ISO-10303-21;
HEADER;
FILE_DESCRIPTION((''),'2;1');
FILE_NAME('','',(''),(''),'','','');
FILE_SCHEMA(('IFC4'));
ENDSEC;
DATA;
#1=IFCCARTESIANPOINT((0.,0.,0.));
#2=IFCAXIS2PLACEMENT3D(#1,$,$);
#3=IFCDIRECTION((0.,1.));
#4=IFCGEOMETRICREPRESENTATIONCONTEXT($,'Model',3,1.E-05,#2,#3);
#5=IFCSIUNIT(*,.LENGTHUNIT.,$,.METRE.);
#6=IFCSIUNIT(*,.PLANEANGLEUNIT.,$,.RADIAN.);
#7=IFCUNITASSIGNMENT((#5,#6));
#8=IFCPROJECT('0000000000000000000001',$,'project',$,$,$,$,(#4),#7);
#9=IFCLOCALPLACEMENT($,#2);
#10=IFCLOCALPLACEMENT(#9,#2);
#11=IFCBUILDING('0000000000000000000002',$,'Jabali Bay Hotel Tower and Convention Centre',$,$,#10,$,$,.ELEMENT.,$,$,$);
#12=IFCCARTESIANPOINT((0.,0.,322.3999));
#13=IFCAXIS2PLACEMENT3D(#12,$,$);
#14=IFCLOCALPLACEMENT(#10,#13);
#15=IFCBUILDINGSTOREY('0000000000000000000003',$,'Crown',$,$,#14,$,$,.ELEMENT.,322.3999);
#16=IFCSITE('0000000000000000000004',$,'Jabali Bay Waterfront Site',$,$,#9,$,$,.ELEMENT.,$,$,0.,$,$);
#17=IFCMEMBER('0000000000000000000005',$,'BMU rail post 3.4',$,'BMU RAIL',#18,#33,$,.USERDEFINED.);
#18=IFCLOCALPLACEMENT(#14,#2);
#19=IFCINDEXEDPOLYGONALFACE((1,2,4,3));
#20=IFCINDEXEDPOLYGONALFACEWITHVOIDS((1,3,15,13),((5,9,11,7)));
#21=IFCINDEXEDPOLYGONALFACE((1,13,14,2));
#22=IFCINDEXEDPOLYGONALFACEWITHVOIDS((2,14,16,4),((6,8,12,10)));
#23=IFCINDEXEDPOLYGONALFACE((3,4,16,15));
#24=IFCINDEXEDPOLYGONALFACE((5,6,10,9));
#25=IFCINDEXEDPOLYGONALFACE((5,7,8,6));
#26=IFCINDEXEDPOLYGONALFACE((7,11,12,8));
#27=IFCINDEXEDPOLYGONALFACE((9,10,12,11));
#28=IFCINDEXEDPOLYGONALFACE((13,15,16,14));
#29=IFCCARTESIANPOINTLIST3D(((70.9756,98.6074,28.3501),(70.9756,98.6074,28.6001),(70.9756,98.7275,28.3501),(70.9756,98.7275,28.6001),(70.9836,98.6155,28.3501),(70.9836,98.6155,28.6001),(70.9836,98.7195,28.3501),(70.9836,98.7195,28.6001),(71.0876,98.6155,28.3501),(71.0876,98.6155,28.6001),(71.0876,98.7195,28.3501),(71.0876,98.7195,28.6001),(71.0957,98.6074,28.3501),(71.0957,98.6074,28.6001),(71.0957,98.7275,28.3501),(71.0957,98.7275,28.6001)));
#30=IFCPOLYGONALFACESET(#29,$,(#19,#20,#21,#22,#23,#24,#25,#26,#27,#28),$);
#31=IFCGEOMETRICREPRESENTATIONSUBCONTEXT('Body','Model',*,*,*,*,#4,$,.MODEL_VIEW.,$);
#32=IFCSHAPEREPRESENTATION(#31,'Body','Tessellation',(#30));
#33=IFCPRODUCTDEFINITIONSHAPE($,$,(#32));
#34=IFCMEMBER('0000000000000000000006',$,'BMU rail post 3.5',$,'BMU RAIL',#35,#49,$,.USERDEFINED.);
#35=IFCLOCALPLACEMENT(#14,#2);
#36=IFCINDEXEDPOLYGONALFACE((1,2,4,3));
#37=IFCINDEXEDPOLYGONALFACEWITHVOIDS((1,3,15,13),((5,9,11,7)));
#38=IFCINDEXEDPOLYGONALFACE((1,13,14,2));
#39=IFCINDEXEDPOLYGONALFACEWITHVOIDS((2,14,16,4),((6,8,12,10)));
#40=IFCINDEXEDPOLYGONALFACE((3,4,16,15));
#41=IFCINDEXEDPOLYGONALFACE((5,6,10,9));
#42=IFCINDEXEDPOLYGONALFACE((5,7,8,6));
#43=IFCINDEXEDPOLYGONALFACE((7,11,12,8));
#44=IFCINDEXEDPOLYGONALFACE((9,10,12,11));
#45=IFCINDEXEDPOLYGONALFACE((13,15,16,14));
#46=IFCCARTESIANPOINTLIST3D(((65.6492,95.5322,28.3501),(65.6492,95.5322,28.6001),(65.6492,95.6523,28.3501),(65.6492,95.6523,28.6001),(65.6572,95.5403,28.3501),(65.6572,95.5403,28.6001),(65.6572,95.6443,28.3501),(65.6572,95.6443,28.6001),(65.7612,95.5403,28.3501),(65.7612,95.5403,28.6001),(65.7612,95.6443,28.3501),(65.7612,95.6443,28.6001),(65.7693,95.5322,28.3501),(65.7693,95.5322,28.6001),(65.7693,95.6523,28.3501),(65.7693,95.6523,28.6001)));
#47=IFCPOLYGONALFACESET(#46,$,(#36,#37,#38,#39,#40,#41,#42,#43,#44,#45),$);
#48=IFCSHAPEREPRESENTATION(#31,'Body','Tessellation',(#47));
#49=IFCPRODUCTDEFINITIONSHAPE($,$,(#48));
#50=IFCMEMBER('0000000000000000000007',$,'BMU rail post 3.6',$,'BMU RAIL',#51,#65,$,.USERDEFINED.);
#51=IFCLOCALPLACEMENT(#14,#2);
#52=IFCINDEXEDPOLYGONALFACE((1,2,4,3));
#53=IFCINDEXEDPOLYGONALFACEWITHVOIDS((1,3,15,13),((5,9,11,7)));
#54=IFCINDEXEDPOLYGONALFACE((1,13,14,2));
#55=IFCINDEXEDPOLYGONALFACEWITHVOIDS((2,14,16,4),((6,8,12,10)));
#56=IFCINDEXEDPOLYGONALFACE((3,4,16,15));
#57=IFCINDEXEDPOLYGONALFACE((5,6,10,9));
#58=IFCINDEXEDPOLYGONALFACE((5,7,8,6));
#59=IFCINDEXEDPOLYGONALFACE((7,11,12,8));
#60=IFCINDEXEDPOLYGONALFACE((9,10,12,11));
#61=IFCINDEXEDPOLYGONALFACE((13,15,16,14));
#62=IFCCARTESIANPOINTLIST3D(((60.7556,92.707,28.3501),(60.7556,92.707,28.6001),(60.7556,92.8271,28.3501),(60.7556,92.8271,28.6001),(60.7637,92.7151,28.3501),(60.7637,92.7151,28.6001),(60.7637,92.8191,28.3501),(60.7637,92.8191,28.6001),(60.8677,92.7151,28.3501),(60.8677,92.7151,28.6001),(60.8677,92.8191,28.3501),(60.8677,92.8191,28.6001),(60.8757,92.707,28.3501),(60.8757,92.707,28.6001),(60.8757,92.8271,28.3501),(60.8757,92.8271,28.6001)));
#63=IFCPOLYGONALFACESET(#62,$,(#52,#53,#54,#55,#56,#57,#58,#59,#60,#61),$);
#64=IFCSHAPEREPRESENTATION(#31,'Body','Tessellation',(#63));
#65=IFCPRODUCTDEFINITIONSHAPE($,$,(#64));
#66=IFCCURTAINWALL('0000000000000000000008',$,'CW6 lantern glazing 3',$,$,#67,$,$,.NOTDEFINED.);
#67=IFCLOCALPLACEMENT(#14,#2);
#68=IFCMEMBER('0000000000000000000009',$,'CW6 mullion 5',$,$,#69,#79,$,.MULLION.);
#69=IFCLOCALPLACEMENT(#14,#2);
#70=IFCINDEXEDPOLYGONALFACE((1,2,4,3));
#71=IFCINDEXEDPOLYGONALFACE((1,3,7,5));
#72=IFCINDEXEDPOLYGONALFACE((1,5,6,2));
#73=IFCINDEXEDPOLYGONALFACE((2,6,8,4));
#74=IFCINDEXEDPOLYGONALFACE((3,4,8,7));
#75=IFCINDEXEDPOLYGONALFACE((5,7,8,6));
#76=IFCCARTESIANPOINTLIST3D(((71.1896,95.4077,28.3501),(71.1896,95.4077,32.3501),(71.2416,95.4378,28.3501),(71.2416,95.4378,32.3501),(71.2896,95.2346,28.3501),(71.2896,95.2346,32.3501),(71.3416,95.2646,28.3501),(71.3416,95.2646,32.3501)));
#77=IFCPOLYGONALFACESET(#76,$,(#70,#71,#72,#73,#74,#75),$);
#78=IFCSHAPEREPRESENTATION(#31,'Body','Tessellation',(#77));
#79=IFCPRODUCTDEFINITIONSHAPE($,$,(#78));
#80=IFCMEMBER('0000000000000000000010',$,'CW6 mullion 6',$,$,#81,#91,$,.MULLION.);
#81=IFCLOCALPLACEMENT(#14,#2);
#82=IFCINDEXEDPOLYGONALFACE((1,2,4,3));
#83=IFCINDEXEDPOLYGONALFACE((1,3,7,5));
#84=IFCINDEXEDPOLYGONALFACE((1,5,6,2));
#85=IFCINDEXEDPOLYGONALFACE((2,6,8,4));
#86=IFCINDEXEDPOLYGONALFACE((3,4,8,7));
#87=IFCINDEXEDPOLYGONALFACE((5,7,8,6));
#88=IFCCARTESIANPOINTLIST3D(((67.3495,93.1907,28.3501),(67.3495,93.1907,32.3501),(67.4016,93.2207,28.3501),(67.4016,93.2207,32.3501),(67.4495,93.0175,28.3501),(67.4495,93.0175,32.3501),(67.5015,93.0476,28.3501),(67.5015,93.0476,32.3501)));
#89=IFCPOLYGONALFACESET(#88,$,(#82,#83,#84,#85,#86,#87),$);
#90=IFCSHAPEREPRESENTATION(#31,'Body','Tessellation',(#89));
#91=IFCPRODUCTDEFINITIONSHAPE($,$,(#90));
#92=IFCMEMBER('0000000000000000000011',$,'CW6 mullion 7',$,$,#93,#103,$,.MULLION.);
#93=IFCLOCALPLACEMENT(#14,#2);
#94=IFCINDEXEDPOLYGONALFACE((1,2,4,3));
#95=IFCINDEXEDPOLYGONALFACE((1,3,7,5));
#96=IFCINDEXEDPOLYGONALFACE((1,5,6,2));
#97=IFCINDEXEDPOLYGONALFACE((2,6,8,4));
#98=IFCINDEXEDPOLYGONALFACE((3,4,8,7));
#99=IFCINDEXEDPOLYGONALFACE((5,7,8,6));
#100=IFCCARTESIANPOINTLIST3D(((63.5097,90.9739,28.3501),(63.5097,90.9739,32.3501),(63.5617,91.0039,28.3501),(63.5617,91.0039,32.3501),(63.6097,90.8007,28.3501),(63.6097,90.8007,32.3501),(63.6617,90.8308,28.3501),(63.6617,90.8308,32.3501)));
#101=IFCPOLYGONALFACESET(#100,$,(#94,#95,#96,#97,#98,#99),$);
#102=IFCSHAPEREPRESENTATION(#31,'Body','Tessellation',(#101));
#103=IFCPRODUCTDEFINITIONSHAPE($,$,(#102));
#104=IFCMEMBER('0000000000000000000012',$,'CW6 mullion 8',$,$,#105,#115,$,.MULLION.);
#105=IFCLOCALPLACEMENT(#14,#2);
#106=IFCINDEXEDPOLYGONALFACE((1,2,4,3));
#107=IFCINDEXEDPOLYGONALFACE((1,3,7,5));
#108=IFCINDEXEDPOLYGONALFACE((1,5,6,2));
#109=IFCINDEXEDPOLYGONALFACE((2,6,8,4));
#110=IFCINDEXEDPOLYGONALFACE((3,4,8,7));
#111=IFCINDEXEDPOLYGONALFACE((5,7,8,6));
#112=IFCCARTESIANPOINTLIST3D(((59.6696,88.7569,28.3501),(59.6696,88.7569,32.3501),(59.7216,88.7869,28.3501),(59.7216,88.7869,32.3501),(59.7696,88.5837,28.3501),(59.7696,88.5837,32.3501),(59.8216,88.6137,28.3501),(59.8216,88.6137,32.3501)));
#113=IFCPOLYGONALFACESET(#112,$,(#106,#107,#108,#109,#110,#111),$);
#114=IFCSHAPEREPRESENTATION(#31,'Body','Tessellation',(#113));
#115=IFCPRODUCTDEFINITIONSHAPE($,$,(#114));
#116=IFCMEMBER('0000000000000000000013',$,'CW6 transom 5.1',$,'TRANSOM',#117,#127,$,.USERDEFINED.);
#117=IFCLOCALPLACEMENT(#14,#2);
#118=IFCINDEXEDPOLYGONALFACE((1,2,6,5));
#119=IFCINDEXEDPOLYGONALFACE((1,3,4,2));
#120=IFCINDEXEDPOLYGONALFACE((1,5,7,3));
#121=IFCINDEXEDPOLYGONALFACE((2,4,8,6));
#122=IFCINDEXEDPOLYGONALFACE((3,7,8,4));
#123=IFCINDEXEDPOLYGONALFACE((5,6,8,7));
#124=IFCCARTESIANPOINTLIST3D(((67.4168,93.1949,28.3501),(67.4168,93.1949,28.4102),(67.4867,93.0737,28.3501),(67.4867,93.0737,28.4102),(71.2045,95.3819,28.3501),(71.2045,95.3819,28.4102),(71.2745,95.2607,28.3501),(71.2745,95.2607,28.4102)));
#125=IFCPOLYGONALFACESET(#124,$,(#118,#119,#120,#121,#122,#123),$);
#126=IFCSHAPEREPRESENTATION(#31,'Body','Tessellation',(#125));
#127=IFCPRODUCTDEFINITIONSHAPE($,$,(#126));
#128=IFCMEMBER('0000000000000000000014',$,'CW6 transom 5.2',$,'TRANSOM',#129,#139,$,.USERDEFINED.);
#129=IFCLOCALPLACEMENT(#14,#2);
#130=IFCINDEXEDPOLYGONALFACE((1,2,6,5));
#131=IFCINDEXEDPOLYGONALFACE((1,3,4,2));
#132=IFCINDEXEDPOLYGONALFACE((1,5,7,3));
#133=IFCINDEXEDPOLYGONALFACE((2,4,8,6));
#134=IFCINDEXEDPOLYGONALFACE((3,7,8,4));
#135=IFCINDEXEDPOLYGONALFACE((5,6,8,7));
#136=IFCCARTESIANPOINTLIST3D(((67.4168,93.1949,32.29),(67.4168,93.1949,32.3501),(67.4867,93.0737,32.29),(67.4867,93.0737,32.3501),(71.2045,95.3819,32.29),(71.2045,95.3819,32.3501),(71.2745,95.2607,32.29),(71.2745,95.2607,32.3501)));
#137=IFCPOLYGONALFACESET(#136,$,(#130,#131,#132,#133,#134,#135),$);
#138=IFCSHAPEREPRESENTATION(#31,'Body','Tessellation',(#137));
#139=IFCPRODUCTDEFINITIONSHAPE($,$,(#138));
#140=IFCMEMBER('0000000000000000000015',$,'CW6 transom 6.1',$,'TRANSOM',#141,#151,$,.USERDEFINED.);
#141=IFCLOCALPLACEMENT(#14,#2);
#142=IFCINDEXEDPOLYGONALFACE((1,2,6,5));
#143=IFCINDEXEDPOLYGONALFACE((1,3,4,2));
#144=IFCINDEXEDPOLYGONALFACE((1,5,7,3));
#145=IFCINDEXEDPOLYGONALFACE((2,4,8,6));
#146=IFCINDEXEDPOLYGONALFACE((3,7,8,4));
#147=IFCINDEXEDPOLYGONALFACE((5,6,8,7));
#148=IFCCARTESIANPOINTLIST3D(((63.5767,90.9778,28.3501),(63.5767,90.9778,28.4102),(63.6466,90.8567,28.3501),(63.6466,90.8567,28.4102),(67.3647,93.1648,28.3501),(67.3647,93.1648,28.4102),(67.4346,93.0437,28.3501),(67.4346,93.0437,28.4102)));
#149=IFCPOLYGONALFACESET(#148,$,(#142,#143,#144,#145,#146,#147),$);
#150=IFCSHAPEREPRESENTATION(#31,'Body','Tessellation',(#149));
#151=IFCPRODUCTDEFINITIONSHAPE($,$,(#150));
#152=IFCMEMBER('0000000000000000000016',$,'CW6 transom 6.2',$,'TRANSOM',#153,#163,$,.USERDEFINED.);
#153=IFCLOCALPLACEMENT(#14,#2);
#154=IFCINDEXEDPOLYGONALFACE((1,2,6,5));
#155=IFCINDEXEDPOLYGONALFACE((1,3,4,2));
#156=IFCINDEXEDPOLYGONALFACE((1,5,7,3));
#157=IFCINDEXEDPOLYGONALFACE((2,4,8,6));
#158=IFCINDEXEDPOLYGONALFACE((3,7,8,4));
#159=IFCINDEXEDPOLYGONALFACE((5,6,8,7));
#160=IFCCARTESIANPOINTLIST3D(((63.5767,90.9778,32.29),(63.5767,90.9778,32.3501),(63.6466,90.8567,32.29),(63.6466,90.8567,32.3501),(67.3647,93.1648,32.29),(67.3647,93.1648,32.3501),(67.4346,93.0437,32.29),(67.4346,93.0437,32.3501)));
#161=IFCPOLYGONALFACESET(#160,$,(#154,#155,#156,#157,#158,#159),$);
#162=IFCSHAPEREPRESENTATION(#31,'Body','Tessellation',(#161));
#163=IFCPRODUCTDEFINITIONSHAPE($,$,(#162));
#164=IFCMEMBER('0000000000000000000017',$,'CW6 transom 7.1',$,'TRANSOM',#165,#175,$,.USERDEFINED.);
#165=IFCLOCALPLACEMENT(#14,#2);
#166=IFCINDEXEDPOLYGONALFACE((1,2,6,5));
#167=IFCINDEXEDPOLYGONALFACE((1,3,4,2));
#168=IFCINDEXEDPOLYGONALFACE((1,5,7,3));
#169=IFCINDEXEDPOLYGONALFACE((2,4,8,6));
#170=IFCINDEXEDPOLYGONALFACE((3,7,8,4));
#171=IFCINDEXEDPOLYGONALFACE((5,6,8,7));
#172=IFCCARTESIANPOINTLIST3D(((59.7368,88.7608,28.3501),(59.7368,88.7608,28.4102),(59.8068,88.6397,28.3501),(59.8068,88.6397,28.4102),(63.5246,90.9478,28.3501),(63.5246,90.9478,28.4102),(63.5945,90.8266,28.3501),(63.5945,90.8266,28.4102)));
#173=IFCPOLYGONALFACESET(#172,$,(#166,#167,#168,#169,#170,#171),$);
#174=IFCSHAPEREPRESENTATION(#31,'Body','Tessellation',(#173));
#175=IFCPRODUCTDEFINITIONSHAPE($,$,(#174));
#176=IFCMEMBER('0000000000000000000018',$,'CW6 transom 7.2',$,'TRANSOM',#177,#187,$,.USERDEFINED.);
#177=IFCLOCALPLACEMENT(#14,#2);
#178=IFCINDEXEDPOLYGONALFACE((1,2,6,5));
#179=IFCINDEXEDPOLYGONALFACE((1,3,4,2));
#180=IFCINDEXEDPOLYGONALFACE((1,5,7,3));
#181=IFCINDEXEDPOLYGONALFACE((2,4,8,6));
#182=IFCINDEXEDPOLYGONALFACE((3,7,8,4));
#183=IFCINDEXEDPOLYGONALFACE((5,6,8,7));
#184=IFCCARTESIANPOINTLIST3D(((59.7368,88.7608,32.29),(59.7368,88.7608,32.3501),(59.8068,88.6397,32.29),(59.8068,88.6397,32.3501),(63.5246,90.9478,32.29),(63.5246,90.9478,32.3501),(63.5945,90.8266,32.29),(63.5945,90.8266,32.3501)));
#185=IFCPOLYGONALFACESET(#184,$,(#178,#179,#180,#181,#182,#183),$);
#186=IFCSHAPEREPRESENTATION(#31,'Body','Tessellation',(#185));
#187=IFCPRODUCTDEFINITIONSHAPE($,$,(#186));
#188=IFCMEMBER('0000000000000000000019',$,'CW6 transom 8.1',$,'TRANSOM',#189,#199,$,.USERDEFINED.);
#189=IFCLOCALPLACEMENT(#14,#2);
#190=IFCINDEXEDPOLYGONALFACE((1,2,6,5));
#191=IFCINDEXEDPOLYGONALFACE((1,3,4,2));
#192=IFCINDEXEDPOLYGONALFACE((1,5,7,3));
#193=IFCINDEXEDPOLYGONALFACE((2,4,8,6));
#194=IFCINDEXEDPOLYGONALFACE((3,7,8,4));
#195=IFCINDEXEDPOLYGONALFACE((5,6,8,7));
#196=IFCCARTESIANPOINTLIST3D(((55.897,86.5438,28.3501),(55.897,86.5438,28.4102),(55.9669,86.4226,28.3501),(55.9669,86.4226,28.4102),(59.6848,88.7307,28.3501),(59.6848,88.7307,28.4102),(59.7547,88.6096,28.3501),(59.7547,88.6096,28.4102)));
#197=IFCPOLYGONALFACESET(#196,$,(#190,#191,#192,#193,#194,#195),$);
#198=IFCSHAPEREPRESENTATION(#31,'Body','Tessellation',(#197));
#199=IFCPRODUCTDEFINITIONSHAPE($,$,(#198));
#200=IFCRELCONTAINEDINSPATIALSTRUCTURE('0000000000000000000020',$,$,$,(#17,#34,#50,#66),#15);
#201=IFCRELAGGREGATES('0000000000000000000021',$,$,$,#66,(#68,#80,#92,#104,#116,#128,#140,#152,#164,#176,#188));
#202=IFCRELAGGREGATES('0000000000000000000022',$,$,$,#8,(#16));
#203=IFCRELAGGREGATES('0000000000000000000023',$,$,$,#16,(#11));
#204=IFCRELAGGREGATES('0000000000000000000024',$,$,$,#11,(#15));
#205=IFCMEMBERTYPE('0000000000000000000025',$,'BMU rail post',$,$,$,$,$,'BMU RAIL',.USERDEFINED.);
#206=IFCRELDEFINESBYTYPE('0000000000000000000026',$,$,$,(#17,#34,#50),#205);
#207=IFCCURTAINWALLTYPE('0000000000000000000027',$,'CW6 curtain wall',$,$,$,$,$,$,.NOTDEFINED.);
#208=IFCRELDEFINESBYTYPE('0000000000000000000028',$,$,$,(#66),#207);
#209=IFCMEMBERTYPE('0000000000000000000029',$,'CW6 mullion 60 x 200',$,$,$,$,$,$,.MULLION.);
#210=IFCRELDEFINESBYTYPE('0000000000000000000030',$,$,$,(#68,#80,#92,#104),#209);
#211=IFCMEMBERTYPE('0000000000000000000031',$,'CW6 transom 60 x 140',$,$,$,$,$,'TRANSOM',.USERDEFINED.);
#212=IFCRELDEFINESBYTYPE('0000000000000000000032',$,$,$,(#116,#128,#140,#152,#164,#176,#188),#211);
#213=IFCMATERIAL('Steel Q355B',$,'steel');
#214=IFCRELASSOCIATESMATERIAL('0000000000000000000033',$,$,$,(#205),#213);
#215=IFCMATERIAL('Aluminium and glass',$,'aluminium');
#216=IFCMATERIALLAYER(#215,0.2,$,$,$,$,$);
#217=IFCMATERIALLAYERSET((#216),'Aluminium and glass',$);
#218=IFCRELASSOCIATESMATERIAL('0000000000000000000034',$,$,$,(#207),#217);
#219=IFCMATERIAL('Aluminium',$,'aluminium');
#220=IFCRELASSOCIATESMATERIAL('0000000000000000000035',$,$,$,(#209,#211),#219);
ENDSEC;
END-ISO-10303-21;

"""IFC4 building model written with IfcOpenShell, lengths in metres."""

from ifc_helpers import new_model, si_unit, direction, frame, origin, origin_2d, place, context, subcontext, project, spatial, rectangle, hollow_rectangle, extrude, material, layer, layer_set, material_profile, profile_set, type_object, element, aggregate, save


model = new_model("IFC4")

# Units and contexts
model_context = context("Model", 3, precision=1e-05, world=origin(), true_north=direction((0.0, 1.0)))
body_context = subcontext(model_context, "Body", "Model", "MODEL_VIEW")
ifc_project = project(units=[si_unit("LENGTHUNIT", "METRE"), si_unit("PLANEANGLEUNIT", "RADIAN")], contexts=[model_context])

# Site, building, storey
site_placement = place(None, origin())
site = spatial("IfcSite", under=ifc_project, at=site_placement, Name="Jabali Bay Waterfront Site", CompositionType="ELEMENT", RefElevation=0.0)
building_placement = place(site_placement, origin())
building = spatial("IfcBuilding", under=site, at=building_placement, Name="Jabali Bay Hotel Tower and Convention Centre", CompositionType="ELEMENT")
storey_placement = place(building_placement, frame((0.0, 0.0, 322.3999)))
storey = spatial("IfcBuildingStorey", under=building, at=storey_placement, Name="Crown", CompositionType="ELEMENT", Elevation=322.3999)

# Members
ifc_material_1 = material(Name="Steel Q355B", Category="steel")
ifc_material_profile_1 = material_profile(ifc_material_1, hollow_rectangle(XDim=0.1201, YDim=0.1201, WallThickness=0.0081, at=origin_2d()), Name="BMU rail post")
ifc_profile_set_1 = profile_set([ifc_material_profile_1], Name="Steel Q355B")
member_type_1 = type_object("IfcMemberType", Name="BMU rail post", ElementType="BMU RAIL", PredefinedType="USERDEFINED", material=ifc_profile_set_1)
for number, where, z_axis, x_axis, name in (
    (1, (71.0356, 98.6675, 28.3501), (0.0, 0.0, 1.0), (1.0, 0.0, 0.0), "BMU rail post 3.4"),
    (2, (65.7092, 95.5923, 28.3501), (0.0, 0.0, 1.0), (1.0, 0.0, 0.0), "BMU rail post 3.5"),
    (3, (60.8157, 92.7671, 28.3501), (0.0, 0.0, 1.0), (1.0, 0.0, 0.0), "BMU rail post 3.6"),
):
    element("IfcMember", number, at=place(storey_placement, frame(where, z_axis=z_axis, x_axis=x_axis)), inside=storey, type_object=member_type_1, Name=name, ObjectType="BMU RAIL", PredefinedType="USERDEFINED", context=body_context, shape_type="SweptSolid", body=[
        extrude(hollow_rectangle(XDim=0.1201, YDim=0.1201, WallThickness=0.0081, at=origin_2d()), origin(), (0.0, 0.0, 1.0), 0.25),
    ])

# Curtain wall, members
ifc_material_2 = material(Name="Aluminium and glass", Category="aluminium")
ifc_layer_1 = layer(ifc_material_2, 0.2)
ifc_layer_set_1 = layer_set([ifc_layer_1], Name="Aluminium and glass")
curtain_wall_type = type_object("IfcCurtainWallType", Name="CW6 curtain wall", PredefinedType="NOTDEFINED", material=ifc_layer_set_1)
curtain_wall_placement = place(storey_placement, origin())
curtain_wall = element("IfcCurtainWall", 4, at=curtain_wall_placement, inside=storey, type_object=curtain_wall_type, Name="CW6 lantern glazing 3", PredefinedType="NOTDEFINED")
ifc_material_3 = material(Name="Aluminium", Category="aluminium")
ifc_material_profile_2 = material_profile(ifc_material_3, rectangle(XDim=0.2, YDim=0.0601, at=origin_2d()), Name="CW6 mullion 60 x 200")
ifc_profile_set_2 = profile_set([ifc_material_profile_2], Name="Aluminium")
member_type_2 = type_object("IfcMemberType", Name="CW6 mullion 60 x 200", PredefinedType="MULLION", material=ifc_profile_set_2)
member_1_placement = place(storey_placement, frame((71.2656, 95.3362, 28.3501), z_axis=(0.0, 0.0, 1.0), x_axis=(0.5, -0.866025, 0.0)))
member_1 = element("IfcMember", 5, at=member_1_placement, type_object=member_type_2, Name="CW6 mullion 5", PredefinedType="MULLION", context=body_context, shape_type="SweptSolid", body=[
    extrude(rectangle(XDim=0.2, YDim=0.0601, at=origin_2d()), origin(), (0.0, 0.0, 1.0), 4.0),
])
member_2_placement = place(storey_placement, frame((67.4255, 93.1191, 28.3501), z_axis=(0.0, 0.0, 1.0), x_axis=(0.5, -0.866025, 0.0)))
member_2 = element("IfcMember", 6, at=member_2_placement, type_object=member_type_2, Name="CW6 mullion 6", PredefinedType="MULLION", context=body_context, shape_type="SweptSolid", body=[
    extrude(rectangle(XDim=0.2, YDim=0.0601, at=origin_2d()), origin(), (0.0, 0.0, 1.0), 4.0),
])
member_3_placement = place(storey_placement, frame((63.5857, 90.9023, 28.3501), z_axis=(0.0, 0.0, 1.0), x_axis=(0.5, -0.866025, 0.0)))
member_3 = element("IfcMember", 7, at=member_3_placement, type_object=member_type_2, Name="CW6 mullion 7", PredefinedType="MULLION", context=body_context, shape_type="SweptSolid", body=[
    extrude(rectangle(XDim=0.2, YDim=0.0601, at=origin_2d()), origin(), (0.0, 0.0, 1.0), 4.0),
])
member_4_placement = place(storey_placement, frame((59.7456, 88.6853, 28.3501), z_axis=(0.0, 0.0, 1.0), x_axis=(0.5, -0.866025, 0.0)))
member_4 = element("IfcMember", 8, at=member_4_placement, type_object=member_type_2, Name="CW6 mullion 8", PredefinedType="MULLION", context=body_context, shape_type="SweptSolid", body=[
    extrude(rectangle(XDim=0.2, YDim=0.0601, at=origin_2d()), origin(), (0.0, 0.0, 1.0), 4.0),
])
ifc_material_profile_3 = material_profile(ifc_material_3, rectangle(XDim=0.1399, YDim=0.0601, at=origin_2d()), Name="CW6 transom 60 x 140")
ifc_profile_set_3 = profile_set([ifc_material_profile_3], Name="Aluminium")
member_type_3 = type_object("IfcMemberType", Name="CW6 transom 60 x 140", ElementType="TRANSOM", PredefinedType="USERDEFINED", material=ifc_profile_set_3)
member_5_placement = place(storey_placement, frame((71.2395, 95.3213, 28.3801), z_axis=(-0.866015, -0.500017, 0.0), x_axis=(0.500017, -0.866015, 0.0)))
member_5 = element("IfcMember", 9, at=member_5_placement, type_object=member_type_3, Name="CW6 transom 5.1", ObjectType="TRANSOM", PredefinedType="USERDEFINED", context=body_context, shape_type="SweptSolid", body=[
    extrude(rectangle(XDim=0.1399, YDim=0.0601, at=origin_2d()), origin(), (0.0, 0.0, 1.0), 4.3738),
])
member_6_placement = place(storey_placement, frame((71.2395, 95.3213, 32.3201), z_axis=(-0.866015, -0.500017, 0.0), x_axis=(0.500017, -0.866015, 0.0)))
member_6 = element("IfcMember", 10, at=member_6_placement, type_object=member_type_3, Name="CW6 transom 5.2", ObjectType="TRANSOM", PredefinedType="USERDEFINED", context=body_context, shape_type="SweptSolid", body=[
    extrude(rectangle(XDim=0.1399, YDim=0.0601, at=origin_2d()), origin(), (0.0, 0.0, 1.0), 4.3738),
])
member_7_placement = place(storey_placement, frame((67.3997, 93.1042, 28.3801), z_axis=(-0.866029, -0.499993, 0.0), x_axis=(0.499993, -0.866029, 0.0)))
member_7 = element("IfcMember", 11, at=member_7_placement, type_object=member_type_3, Name="CW6 transom 6.1", ObjectType="TRANSOM", PredefinedType="USERDEFINED", context=body_context, shape_type="SweptSolid", body=[
    extrude(rectangle(XDim=0.1399, YDim=0.0601, at=origin_2d()), origin(), (0.0, 0.0, 1.0), 4.374),
])
member_8_placement = place(storey_placement, frame((67.3997, 93.1042, 32.3201), z_axis=(-0.866029, -0.499993, 0.0), x_axis=(0.499993, -0.866029, 0.0)))
member_8 = element("IfcMember", 12, at=member_8_placement, type_object=member_type_3, Name="CW6 transom 6.2", ObjectType="TRANSOM", PredefinedType="USERDEFINED", context=body_context, shape_type="SweptSolid", body=[
    extrude(rectangle(XDim=0.1399, YDim=0.0601, at=origin_2d()), origin(), (0.0, 0.0, 1.0), 4.374),
])
member_9_placement = place(storey_placement, frame((63.5596, 90.8872, 28.3801), z_axis=(-0.866015, -0.500017, 0.0), x_axis=(0.500017, -0.866015, 0.0)))
member_9 = element("IfcMember", 13, at=member_9_placement, type_object=member_type_3, Name="CW6 transom 7.1", ObjectType="TRANSOM", PredefinedType="USERDEFINED", context=body_context, shape_type="SweptSolid", body=[
    extrude(rectangle(XDim=0.1399, YDim=0.0601, at=origin_2d()), origin(), (0.0, 0.0, 1.0), 4.3738),
])
member_10_placement = place(storey_placement, frame((63.5596, 90.8872, 32.3201), z_axis=(-0.866015, -0.500017, 0.0), x_axis=(0.500017, -0.866015, 0.0)))
member_10 = element("IfcMember", 14, at=member_10_placement, type_object=member_type_3, Name="CW6 transom 7.2", ObjectType="TRANSOM", PredefinedType="USERDEFINED", context=body_context, shape_type="SweptSolid", body=[
    extrude(rectangle(XDim=0.1399, YDim=0.0601, at=origin_2d()), origin(), (0.0, 0.0, 1.0), 4.3738),
])
member_11_placement = place(storey_placement, frame((59.7197, 88.6702, 28.3801), z_axis=(-0.866015, -0.500017, 0.0), x_axis=(0.500017, -0.866015, 0.0)))
member_11 = element("IfcMember", 15, at=member_11_placement, type_object=member_type_3, Name="CW6 transom 8.1", ObjectType="TRANSOM", PredefinedType="USERDEFINED", context=body_context, shape_type="SweptSolid", body=[
    extrude(rectangle(XDim=0.1399, YDim=0.0601, at=origin_2d()), origin(), (0.0, 0.0, 1.0), 4.3738),
])

aggregate(curtain_wall, [member_1, member_2, member_3, member_4, member_5, member_6, member_7, member_8, member_9, member_10, member_11])

save(model, "model.ifc")
